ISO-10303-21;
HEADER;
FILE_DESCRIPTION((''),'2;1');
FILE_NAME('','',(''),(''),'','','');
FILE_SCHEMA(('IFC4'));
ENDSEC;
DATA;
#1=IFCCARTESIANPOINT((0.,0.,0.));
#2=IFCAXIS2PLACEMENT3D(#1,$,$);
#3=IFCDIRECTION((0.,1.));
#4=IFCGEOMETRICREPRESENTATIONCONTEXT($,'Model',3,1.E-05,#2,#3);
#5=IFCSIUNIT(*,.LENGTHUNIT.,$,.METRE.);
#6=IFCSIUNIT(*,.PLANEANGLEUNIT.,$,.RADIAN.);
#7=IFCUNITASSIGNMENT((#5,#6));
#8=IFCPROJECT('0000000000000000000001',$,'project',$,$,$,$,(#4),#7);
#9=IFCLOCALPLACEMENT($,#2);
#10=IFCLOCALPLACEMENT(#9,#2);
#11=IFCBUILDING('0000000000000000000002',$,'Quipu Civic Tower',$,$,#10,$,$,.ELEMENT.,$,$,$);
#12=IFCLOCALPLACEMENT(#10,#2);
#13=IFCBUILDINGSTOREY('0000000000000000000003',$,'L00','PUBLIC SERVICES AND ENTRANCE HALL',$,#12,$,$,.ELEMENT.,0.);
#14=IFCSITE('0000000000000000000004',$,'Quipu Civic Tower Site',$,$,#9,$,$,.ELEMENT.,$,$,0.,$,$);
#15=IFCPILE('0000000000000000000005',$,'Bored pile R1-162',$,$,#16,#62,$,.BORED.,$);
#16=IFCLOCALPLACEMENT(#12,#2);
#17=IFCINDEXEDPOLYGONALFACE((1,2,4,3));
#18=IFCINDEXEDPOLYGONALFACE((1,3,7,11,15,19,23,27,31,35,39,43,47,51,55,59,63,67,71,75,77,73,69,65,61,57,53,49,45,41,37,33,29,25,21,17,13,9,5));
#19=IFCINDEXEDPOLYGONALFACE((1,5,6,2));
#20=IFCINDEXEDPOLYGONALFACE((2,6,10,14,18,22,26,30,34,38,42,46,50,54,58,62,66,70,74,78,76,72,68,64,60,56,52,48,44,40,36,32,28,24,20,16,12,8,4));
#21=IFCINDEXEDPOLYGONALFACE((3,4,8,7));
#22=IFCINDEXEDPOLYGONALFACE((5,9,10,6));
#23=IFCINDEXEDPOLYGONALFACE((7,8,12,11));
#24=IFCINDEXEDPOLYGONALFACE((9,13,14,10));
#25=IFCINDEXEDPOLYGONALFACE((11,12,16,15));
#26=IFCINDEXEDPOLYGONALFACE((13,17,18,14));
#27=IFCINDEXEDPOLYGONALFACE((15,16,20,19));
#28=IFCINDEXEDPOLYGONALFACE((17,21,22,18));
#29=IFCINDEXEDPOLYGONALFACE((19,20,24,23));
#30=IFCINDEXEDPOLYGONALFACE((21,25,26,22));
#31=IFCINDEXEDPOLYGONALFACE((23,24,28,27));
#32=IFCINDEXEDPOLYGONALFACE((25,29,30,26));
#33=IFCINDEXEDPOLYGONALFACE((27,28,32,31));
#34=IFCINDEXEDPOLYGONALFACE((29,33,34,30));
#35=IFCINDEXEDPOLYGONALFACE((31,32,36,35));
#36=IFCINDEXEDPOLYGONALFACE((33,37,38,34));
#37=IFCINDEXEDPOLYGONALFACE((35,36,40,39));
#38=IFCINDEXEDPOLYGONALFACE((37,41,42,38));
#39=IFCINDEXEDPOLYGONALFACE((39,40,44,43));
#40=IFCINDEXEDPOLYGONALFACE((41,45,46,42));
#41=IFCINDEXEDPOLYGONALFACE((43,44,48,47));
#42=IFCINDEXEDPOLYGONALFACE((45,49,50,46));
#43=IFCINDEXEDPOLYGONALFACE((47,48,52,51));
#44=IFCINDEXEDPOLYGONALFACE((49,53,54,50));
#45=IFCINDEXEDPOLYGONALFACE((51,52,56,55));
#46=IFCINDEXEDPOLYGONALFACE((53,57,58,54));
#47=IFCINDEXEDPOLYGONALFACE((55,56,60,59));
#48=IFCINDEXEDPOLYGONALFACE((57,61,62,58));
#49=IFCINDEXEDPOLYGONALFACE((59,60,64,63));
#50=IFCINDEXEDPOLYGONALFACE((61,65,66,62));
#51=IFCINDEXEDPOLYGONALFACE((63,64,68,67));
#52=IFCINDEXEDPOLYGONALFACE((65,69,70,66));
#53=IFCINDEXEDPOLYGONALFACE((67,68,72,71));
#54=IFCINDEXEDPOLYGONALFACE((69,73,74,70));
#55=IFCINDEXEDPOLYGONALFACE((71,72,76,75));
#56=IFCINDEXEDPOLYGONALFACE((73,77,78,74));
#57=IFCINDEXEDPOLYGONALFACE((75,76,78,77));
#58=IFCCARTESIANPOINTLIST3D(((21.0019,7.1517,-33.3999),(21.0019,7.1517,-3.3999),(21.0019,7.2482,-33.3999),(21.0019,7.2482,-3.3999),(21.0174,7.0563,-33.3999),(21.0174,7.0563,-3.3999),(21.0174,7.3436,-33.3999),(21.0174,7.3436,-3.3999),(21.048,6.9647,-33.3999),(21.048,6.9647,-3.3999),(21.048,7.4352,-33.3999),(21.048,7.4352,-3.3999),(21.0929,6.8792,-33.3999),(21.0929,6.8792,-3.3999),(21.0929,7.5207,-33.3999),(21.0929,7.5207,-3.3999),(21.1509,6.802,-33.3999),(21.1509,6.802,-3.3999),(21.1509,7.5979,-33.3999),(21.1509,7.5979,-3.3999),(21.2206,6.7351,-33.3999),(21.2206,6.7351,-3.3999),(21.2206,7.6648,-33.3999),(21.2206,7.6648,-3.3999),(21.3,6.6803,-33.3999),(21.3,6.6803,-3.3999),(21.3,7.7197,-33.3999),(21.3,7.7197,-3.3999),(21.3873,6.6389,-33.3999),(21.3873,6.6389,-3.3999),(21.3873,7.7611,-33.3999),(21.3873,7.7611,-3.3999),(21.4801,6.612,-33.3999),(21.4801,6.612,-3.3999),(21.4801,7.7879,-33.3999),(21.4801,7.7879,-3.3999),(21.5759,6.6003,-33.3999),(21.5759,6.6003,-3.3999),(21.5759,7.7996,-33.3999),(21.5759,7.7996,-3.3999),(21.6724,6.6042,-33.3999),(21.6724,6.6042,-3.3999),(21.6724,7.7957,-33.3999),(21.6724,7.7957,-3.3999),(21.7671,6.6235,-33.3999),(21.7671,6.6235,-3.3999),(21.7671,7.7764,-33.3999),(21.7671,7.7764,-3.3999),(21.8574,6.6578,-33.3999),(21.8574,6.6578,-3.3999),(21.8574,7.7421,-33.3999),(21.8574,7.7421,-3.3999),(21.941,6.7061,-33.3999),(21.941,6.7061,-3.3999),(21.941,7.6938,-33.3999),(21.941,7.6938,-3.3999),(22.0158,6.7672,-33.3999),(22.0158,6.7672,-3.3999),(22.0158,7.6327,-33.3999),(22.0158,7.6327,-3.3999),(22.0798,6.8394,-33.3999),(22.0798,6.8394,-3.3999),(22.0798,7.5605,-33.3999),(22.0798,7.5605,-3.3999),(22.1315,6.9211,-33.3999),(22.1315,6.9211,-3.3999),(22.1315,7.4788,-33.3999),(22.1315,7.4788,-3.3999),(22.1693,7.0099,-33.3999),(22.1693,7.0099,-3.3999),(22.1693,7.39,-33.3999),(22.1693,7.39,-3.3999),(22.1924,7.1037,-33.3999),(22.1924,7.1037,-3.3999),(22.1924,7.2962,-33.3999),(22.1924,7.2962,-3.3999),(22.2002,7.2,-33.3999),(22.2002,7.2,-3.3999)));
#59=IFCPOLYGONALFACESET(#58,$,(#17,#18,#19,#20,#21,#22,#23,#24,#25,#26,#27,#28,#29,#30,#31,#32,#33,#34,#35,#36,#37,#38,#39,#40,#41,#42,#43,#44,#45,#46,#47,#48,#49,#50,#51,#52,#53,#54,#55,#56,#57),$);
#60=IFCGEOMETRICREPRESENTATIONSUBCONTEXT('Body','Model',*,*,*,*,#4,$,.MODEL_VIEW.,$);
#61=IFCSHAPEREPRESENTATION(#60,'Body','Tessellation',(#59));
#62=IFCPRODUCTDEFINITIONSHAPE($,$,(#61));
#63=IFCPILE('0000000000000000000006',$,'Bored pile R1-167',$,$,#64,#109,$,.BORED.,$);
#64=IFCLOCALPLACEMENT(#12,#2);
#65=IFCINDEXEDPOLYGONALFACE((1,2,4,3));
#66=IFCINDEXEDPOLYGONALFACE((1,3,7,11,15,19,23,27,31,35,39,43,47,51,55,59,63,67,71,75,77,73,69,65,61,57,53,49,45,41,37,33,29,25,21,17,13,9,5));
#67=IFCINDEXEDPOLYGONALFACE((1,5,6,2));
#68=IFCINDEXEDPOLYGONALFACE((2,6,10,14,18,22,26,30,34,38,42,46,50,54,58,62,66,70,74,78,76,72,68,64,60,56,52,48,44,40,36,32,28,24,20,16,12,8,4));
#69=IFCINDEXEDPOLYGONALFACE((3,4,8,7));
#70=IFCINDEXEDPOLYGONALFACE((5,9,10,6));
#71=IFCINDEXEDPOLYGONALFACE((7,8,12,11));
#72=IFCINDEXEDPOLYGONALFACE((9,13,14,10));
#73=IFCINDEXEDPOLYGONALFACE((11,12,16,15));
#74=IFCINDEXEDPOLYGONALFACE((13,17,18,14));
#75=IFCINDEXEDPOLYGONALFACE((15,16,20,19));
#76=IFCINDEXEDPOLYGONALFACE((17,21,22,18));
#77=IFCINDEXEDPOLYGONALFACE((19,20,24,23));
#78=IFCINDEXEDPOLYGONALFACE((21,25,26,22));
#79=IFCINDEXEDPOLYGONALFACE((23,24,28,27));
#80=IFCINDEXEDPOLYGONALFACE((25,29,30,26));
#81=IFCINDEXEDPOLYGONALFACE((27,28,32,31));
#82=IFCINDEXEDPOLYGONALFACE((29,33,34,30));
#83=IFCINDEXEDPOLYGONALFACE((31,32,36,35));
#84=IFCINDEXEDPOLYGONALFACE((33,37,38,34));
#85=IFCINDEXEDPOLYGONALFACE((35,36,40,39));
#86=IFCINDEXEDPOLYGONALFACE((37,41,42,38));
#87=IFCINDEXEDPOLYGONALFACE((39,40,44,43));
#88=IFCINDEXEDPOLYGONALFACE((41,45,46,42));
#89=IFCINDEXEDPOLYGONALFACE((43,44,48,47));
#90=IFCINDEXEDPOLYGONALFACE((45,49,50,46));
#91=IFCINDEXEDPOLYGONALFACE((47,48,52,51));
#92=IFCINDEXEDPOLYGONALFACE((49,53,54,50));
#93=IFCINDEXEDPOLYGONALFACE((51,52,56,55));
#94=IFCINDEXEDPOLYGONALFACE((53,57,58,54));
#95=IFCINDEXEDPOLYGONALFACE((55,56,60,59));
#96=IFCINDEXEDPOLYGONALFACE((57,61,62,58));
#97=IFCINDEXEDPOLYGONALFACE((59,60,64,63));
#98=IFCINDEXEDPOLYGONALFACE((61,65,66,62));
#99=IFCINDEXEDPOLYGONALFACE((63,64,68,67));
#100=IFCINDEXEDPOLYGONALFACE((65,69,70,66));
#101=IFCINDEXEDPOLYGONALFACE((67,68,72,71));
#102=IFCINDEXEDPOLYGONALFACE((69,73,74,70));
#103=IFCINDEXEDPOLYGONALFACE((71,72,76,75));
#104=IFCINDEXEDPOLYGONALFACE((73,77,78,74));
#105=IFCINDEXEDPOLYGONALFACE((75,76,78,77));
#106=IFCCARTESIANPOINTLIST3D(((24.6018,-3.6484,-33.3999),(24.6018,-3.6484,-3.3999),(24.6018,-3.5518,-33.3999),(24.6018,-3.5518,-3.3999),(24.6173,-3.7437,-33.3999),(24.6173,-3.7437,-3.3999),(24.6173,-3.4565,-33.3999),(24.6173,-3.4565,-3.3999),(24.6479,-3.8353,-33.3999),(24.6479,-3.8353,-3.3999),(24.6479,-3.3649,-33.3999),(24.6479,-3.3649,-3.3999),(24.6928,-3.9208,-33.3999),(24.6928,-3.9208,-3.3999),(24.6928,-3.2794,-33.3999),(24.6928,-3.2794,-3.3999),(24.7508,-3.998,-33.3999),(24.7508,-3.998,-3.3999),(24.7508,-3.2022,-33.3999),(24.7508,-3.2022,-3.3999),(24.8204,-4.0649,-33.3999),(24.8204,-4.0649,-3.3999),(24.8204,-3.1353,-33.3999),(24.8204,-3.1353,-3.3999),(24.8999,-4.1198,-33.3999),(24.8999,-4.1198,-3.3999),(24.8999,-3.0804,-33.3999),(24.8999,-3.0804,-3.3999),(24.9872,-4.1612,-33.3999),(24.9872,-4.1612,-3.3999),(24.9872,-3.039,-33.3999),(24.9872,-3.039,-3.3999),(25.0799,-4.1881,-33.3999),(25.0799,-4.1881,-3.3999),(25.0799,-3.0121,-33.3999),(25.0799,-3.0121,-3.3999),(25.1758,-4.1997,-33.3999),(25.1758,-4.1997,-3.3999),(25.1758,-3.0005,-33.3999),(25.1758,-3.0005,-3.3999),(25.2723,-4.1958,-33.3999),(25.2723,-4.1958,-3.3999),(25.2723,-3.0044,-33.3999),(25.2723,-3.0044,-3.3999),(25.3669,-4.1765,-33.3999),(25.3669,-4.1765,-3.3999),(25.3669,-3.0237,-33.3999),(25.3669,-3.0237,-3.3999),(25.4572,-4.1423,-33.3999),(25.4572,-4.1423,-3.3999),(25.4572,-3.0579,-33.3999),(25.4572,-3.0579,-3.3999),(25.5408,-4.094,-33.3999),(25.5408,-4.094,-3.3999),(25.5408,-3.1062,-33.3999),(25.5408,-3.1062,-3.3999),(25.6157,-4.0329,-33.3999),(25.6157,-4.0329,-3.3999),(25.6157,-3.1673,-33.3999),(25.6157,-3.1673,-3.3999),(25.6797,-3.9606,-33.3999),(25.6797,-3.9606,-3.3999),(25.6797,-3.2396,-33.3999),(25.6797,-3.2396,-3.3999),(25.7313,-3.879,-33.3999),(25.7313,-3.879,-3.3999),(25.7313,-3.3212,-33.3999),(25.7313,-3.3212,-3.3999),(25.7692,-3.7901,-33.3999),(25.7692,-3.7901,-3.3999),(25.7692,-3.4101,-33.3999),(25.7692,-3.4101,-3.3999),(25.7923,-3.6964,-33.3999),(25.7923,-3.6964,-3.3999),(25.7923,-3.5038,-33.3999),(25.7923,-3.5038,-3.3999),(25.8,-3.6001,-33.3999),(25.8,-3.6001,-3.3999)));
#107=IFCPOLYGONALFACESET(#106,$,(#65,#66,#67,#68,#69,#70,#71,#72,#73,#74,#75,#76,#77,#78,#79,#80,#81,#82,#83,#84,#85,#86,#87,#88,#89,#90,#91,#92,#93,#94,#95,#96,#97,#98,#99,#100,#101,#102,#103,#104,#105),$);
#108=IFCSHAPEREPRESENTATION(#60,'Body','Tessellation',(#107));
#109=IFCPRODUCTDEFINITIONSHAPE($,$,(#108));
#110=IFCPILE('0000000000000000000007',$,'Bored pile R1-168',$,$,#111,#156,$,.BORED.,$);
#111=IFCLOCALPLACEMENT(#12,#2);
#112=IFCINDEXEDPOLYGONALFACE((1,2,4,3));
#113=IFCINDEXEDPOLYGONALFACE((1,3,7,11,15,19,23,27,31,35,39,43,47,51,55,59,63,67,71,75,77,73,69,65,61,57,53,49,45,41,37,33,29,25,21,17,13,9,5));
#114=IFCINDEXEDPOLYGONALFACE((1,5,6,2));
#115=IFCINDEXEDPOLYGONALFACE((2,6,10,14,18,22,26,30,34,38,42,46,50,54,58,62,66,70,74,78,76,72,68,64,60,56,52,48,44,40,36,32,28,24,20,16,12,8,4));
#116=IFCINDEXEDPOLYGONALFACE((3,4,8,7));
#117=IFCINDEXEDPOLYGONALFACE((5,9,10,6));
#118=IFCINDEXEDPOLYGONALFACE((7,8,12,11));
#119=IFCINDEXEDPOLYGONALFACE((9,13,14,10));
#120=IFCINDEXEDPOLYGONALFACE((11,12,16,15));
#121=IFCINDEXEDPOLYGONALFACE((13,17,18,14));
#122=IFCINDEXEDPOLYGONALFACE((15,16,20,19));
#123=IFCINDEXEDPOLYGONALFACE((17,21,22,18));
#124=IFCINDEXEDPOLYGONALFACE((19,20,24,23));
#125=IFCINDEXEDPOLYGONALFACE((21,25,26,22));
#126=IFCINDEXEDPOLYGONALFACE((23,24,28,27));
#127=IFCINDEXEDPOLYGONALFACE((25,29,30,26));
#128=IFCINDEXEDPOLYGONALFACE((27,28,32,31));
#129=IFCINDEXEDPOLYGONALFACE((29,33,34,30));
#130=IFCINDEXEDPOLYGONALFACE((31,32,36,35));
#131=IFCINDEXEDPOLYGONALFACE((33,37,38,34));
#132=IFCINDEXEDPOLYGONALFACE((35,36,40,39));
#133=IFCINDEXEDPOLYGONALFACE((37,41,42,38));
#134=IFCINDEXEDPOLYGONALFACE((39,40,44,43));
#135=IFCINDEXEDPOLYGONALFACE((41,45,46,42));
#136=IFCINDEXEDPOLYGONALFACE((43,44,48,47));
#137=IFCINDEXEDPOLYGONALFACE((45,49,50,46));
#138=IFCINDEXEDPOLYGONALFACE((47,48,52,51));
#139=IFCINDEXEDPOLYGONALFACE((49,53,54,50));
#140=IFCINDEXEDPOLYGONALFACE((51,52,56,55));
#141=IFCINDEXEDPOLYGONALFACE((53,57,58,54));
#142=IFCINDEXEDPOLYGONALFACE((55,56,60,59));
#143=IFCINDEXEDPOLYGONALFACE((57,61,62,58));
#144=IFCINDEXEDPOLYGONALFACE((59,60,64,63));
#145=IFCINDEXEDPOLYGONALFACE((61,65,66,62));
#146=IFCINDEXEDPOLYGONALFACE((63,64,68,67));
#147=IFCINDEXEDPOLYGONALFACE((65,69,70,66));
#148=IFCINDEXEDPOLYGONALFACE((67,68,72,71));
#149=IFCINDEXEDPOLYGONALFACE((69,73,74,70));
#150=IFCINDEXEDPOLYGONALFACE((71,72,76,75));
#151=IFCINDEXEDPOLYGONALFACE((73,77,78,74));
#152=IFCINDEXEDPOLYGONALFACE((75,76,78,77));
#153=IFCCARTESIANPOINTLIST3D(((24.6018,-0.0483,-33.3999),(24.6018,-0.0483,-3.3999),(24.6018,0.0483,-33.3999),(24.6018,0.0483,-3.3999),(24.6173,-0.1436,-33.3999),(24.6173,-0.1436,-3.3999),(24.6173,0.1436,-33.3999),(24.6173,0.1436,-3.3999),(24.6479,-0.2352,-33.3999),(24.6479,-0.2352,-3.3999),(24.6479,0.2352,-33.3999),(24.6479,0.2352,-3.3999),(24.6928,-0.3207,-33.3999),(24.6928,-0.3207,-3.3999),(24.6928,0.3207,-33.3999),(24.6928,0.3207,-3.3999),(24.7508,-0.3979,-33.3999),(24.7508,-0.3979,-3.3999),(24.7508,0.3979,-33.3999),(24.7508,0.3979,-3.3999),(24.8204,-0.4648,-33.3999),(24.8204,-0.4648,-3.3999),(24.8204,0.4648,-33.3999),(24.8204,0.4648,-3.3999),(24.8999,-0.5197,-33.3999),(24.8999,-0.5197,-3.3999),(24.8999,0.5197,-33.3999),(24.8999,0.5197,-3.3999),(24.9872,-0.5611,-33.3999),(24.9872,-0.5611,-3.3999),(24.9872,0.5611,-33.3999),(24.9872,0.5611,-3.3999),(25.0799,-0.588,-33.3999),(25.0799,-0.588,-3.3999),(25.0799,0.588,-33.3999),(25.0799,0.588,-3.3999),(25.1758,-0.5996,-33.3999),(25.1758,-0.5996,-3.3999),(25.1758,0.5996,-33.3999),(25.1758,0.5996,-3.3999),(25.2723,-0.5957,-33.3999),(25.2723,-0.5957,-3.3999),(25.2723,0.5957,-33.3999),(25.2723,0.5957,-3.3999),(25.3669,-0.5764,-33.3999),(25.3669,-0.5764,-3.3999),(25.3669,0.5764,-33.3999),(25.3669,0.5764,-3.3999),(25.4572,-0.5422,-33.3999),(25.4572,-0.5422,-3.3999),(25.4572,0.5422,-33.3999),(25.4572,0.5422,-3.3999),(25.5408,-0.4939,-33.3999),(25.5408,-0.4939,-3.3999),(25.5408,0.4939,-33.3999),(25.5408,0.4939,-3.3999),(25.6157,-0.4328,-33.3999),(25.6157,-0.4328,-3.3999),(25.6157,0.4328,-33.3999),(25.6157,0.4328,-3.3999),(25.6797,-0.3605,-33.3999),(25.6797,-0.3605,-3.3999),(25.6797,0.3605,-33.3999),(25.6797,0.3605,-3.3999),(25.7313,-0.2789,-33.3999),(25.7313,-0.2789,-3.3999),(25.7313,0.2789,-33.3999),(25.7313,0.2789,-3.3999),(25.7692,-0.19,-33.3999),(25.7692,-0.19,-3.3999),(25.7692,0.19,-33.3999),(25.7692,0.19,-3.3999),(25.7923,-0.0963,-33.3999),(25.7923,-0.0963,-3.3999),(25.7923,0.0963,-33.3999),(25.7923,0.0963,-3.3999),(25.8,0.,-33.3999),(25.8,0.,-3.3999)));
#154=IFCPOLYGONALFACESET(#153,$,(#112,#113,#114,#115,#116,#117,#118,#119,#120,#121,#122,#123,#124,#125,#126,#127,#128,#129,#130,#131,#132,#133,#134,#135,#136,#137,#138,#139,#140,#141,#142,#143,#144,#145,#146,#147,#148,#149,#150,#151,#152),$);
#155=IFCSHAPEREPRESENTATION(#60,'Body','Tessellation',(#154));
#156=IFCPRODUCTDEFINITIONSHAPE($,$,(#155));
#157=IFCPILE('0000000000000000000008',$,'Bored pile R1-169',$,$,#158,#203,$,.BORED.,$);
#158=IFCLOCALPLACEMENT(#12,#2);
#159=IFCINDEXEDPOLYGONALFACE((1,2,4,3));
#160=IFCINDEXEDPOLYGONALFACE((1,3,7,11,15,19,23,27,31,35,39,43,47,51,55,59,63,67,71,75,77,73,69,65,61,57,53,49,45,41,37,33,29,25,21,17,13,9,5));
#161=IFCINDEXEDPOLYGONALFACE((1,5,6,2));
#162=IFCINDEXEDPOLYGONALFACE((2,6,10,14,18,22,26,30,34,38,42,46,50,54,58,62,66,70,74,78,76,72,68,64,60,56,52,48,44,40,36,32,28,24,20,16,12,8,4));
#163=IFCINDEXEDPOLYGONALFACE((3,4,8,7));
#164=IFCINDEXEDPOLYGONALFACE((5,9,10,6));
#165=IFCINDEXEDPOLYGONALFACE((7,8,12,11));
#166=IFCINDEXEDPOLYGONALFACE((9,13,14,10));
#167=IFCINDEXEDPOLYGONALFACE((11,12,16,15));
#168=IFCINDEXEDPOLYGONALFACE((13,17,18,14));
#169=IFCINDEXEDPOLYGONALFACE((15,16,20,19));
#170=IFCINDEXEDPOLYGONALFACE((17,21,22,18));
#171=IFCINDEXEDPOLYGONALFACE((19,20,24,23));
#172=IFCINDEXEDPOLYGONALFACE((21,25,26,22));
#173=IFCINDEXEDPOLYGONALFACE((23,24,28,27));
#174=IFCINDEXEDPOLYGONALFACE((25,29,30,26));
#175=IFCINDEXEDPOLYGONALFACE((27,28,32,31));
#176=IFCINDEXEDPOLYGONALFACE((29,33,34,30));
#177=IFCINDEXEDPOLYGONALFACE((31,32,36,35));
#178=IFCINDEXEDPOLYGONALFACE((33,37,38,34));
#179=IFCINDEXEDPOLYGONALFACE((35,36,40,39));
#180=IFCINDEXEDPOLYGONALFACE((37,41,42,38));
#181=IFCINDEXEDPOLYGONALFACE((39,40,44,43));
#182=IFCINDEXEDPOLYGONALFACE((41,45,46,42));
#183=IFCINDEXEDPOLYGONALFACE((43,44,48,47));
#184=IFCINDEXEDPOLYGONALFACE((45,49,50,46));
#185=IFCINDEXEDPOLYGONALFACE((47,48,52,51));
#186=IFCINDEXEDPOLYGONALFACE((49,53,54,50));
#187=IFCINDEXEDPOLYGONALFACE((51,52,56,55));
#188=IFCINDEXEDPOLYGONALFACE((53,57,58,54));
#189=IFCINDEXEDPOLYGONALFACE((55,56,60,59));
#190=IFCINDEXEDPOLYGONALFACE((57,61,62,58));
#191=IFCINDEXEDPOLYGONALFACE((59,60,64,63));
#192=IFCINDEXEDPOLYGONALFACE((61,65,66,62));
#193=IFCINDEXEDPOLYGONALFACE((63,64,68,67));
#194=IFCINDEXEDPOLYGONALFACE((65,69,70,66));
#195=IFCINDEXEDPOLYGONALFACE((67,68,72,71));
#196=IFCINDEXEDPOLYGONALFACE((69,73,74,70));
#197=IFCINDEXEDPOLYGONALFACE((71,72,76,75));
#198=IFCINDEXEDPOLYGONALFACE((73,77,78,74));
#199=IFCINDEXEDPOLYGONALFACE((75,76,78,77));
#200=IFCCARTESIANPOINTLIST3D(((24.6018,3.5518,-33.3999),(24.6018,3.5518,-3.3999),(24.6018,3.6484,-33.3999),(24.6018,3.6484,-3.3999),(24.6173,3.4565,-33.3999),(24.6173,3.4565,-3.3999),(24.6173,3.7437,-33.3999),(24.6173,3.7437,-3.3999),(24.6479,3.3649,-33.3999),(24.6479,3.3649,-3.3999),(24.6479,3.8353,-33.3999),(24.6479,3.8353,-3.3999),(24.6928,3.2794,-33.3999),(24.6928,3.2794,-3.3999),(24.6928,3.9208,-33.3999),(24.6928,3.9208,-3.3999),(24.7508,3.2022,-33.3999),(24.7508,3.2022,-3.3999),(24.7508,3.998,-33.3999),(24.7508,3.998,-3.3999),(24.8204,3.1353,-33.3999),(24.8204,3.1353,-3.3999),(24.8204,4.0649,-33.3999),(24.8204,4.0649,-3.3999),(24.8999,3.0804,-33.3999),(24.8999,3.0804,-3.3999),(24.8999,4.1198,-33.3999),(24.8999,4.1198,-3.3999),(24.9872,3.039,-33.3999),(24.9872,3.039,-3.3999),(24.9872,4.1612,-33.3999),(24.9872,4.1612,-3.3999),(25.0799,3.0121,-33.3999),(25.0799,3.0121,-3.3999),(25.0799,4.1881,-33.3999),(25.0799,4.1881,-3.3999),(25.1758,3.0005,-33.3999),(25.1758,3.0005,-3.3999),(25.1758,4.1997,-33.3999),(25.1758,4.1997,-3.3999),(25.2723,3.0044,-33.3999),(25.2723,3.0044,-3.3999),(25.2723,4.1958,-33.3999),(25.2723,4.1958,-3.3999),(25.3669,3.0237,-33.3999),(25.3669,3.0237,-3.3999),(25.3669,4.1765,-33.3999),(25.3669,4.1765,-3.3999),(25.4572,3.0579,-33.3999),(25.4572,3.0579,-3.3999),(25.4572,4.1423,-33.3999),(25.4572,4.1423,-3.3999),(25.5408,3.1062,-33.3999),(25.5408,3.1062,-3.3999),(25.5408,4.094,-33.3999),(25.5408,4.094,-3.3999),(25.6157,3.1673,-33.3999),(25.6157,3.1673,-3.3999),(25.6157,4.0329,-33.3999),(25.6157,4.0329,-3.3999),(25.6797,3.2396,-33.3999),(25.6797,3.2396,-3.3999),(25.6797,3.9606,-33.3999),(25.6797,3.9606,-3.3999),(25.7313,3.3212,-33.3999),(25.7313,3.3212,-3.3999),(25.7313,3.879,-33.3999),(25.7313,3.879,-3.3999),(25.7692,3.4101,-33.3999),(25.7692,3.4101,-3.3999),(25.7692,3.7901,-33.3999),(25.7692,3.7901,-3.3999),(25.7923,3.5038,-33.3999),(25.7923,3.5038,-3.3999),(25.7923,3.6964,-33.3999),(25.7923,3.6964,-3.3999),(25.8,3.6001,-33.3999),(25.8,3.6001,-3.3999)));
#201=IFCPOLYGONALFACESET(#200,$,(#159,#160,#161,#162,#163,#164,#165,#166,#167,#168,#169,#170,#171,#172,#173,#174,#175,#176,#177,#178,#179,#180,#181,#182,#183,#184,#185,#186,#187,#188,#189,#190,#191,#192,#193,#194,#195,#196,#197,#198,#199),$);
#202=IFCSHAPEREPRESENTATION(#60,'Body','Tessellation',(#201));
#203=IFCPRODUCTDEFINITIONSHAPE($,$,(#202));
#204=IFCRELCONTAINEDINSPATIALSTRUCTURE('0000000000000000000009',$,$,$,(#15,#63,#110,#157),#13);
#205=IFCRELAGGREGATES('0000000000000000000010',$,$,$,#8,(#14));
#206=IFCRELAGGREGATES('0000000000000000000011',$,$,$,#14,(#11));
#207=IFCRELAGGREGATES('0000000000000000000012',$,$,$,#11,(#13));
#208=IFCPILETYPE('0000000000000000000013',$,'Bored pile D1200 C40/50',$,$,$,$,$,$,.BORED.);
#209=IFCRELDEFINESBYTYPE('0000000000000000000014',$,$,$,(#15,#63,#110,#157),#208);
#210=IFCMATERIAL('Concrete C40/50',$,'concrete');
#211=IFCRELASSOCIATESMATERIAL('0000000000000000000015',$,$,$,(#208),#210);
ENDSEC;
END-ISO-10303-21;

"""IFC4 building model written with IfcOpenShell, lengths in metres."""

from ifc_helpers import new_model, si_unit, direction, frame, origin, origin_2d, place, context, subcontext, project, spatial, circle, extrude, material, material_profile, profile_set, type_object, element, save


model = new_model("IFC4")

# Units and contexts
model_context = context("Model", 3, precision=1e-05, world=origin(), true_north=direction((0.0, 1.0)))
body_context = subcontext(model_context, "Body", "Model", "MODEL_VIEW")
ifc_project = project(units=[si_unit("LENGTHUNIT", "METRE"), si_unit("PLANEANGLEUNIT", "RADIAN")], contexts=[model_context])

# Site, building, storey
site_placement = place(None, origin())
site = spatial("IfcSite", under=ifc_project, at=site_placement, Name="Quipu Civic Tower Site", CompositionType="ELEMENT", RefElevation=0.0)
building_placement = place(site_placement, origin())
building = spatial("IfcBuilding", under=site, at=building_placement, Name="Quipu Civic Tower", CompositionType="ELEMENT")
storey_placement = place(building_placement, origin())
storey = spatial("IfcBuildingStorey", under=building, at=storey_placement, Name="L00", Description="PUBLIC SERVICES AND ENTRANCE HALL", CompositionType="ELEMENT", Elevation=0.0)

# Piles
ifc_material_1 = material(Name="Concrete C40/50", Category="concrete")
ifc_material_profile_1 = material_profile(ifc_material_1, circle(Radius=0.6001, at=origin_2d()), Name="RCD1200")
ifc_profile_set_1 = profile_set([ifc_material_profile_1], Name="Concrete C40/50")
pile_type = type_object("IfcPileType", Name="Bored pile D1200 C40/50", PredefinedType="BORED", material=ifc_profile_set_1)
for number, where, z_axis, x_axis, name in (
    (1, (21.6001, 7.2, -3.3999), (0.0, 0.0, -1.0), (1.0, 0.0, 0.0), "Bored pile R1-162"),
    (2, (25.2, -3.6001, -3.3999), (0.0, 0.0, -1.0), (1.0, 0.0, 0.0), "Bored pile R1-167"),
    (3, (25.2, 0.0, -3.3999), (0.0, 0.0, -1.0), (1.0, 0.0, 0.0), "Bored pile R1-168"),
    (4, (25.2, 3.6001, -3.3999), (0.0, 0.0, -1.0), (1.0, 0.0, 0.0), "Bored pile R1-169"),
):
    element("IfcPile", number, at=place(storey_placement, frame(where, z_axis=z_axis, x_axis=x_axis)), inside=storey, type_object=pile_type, Name=name, PredefinedType="BORED", context=body_context, shape_type="SweptSolid", body=[
        extrude(circle(Radius=0.6001, at=origin_2d()), origin(), (0.0, 0.0, 1.0), 30.0),
    ])

save(model, "model.ifc")
